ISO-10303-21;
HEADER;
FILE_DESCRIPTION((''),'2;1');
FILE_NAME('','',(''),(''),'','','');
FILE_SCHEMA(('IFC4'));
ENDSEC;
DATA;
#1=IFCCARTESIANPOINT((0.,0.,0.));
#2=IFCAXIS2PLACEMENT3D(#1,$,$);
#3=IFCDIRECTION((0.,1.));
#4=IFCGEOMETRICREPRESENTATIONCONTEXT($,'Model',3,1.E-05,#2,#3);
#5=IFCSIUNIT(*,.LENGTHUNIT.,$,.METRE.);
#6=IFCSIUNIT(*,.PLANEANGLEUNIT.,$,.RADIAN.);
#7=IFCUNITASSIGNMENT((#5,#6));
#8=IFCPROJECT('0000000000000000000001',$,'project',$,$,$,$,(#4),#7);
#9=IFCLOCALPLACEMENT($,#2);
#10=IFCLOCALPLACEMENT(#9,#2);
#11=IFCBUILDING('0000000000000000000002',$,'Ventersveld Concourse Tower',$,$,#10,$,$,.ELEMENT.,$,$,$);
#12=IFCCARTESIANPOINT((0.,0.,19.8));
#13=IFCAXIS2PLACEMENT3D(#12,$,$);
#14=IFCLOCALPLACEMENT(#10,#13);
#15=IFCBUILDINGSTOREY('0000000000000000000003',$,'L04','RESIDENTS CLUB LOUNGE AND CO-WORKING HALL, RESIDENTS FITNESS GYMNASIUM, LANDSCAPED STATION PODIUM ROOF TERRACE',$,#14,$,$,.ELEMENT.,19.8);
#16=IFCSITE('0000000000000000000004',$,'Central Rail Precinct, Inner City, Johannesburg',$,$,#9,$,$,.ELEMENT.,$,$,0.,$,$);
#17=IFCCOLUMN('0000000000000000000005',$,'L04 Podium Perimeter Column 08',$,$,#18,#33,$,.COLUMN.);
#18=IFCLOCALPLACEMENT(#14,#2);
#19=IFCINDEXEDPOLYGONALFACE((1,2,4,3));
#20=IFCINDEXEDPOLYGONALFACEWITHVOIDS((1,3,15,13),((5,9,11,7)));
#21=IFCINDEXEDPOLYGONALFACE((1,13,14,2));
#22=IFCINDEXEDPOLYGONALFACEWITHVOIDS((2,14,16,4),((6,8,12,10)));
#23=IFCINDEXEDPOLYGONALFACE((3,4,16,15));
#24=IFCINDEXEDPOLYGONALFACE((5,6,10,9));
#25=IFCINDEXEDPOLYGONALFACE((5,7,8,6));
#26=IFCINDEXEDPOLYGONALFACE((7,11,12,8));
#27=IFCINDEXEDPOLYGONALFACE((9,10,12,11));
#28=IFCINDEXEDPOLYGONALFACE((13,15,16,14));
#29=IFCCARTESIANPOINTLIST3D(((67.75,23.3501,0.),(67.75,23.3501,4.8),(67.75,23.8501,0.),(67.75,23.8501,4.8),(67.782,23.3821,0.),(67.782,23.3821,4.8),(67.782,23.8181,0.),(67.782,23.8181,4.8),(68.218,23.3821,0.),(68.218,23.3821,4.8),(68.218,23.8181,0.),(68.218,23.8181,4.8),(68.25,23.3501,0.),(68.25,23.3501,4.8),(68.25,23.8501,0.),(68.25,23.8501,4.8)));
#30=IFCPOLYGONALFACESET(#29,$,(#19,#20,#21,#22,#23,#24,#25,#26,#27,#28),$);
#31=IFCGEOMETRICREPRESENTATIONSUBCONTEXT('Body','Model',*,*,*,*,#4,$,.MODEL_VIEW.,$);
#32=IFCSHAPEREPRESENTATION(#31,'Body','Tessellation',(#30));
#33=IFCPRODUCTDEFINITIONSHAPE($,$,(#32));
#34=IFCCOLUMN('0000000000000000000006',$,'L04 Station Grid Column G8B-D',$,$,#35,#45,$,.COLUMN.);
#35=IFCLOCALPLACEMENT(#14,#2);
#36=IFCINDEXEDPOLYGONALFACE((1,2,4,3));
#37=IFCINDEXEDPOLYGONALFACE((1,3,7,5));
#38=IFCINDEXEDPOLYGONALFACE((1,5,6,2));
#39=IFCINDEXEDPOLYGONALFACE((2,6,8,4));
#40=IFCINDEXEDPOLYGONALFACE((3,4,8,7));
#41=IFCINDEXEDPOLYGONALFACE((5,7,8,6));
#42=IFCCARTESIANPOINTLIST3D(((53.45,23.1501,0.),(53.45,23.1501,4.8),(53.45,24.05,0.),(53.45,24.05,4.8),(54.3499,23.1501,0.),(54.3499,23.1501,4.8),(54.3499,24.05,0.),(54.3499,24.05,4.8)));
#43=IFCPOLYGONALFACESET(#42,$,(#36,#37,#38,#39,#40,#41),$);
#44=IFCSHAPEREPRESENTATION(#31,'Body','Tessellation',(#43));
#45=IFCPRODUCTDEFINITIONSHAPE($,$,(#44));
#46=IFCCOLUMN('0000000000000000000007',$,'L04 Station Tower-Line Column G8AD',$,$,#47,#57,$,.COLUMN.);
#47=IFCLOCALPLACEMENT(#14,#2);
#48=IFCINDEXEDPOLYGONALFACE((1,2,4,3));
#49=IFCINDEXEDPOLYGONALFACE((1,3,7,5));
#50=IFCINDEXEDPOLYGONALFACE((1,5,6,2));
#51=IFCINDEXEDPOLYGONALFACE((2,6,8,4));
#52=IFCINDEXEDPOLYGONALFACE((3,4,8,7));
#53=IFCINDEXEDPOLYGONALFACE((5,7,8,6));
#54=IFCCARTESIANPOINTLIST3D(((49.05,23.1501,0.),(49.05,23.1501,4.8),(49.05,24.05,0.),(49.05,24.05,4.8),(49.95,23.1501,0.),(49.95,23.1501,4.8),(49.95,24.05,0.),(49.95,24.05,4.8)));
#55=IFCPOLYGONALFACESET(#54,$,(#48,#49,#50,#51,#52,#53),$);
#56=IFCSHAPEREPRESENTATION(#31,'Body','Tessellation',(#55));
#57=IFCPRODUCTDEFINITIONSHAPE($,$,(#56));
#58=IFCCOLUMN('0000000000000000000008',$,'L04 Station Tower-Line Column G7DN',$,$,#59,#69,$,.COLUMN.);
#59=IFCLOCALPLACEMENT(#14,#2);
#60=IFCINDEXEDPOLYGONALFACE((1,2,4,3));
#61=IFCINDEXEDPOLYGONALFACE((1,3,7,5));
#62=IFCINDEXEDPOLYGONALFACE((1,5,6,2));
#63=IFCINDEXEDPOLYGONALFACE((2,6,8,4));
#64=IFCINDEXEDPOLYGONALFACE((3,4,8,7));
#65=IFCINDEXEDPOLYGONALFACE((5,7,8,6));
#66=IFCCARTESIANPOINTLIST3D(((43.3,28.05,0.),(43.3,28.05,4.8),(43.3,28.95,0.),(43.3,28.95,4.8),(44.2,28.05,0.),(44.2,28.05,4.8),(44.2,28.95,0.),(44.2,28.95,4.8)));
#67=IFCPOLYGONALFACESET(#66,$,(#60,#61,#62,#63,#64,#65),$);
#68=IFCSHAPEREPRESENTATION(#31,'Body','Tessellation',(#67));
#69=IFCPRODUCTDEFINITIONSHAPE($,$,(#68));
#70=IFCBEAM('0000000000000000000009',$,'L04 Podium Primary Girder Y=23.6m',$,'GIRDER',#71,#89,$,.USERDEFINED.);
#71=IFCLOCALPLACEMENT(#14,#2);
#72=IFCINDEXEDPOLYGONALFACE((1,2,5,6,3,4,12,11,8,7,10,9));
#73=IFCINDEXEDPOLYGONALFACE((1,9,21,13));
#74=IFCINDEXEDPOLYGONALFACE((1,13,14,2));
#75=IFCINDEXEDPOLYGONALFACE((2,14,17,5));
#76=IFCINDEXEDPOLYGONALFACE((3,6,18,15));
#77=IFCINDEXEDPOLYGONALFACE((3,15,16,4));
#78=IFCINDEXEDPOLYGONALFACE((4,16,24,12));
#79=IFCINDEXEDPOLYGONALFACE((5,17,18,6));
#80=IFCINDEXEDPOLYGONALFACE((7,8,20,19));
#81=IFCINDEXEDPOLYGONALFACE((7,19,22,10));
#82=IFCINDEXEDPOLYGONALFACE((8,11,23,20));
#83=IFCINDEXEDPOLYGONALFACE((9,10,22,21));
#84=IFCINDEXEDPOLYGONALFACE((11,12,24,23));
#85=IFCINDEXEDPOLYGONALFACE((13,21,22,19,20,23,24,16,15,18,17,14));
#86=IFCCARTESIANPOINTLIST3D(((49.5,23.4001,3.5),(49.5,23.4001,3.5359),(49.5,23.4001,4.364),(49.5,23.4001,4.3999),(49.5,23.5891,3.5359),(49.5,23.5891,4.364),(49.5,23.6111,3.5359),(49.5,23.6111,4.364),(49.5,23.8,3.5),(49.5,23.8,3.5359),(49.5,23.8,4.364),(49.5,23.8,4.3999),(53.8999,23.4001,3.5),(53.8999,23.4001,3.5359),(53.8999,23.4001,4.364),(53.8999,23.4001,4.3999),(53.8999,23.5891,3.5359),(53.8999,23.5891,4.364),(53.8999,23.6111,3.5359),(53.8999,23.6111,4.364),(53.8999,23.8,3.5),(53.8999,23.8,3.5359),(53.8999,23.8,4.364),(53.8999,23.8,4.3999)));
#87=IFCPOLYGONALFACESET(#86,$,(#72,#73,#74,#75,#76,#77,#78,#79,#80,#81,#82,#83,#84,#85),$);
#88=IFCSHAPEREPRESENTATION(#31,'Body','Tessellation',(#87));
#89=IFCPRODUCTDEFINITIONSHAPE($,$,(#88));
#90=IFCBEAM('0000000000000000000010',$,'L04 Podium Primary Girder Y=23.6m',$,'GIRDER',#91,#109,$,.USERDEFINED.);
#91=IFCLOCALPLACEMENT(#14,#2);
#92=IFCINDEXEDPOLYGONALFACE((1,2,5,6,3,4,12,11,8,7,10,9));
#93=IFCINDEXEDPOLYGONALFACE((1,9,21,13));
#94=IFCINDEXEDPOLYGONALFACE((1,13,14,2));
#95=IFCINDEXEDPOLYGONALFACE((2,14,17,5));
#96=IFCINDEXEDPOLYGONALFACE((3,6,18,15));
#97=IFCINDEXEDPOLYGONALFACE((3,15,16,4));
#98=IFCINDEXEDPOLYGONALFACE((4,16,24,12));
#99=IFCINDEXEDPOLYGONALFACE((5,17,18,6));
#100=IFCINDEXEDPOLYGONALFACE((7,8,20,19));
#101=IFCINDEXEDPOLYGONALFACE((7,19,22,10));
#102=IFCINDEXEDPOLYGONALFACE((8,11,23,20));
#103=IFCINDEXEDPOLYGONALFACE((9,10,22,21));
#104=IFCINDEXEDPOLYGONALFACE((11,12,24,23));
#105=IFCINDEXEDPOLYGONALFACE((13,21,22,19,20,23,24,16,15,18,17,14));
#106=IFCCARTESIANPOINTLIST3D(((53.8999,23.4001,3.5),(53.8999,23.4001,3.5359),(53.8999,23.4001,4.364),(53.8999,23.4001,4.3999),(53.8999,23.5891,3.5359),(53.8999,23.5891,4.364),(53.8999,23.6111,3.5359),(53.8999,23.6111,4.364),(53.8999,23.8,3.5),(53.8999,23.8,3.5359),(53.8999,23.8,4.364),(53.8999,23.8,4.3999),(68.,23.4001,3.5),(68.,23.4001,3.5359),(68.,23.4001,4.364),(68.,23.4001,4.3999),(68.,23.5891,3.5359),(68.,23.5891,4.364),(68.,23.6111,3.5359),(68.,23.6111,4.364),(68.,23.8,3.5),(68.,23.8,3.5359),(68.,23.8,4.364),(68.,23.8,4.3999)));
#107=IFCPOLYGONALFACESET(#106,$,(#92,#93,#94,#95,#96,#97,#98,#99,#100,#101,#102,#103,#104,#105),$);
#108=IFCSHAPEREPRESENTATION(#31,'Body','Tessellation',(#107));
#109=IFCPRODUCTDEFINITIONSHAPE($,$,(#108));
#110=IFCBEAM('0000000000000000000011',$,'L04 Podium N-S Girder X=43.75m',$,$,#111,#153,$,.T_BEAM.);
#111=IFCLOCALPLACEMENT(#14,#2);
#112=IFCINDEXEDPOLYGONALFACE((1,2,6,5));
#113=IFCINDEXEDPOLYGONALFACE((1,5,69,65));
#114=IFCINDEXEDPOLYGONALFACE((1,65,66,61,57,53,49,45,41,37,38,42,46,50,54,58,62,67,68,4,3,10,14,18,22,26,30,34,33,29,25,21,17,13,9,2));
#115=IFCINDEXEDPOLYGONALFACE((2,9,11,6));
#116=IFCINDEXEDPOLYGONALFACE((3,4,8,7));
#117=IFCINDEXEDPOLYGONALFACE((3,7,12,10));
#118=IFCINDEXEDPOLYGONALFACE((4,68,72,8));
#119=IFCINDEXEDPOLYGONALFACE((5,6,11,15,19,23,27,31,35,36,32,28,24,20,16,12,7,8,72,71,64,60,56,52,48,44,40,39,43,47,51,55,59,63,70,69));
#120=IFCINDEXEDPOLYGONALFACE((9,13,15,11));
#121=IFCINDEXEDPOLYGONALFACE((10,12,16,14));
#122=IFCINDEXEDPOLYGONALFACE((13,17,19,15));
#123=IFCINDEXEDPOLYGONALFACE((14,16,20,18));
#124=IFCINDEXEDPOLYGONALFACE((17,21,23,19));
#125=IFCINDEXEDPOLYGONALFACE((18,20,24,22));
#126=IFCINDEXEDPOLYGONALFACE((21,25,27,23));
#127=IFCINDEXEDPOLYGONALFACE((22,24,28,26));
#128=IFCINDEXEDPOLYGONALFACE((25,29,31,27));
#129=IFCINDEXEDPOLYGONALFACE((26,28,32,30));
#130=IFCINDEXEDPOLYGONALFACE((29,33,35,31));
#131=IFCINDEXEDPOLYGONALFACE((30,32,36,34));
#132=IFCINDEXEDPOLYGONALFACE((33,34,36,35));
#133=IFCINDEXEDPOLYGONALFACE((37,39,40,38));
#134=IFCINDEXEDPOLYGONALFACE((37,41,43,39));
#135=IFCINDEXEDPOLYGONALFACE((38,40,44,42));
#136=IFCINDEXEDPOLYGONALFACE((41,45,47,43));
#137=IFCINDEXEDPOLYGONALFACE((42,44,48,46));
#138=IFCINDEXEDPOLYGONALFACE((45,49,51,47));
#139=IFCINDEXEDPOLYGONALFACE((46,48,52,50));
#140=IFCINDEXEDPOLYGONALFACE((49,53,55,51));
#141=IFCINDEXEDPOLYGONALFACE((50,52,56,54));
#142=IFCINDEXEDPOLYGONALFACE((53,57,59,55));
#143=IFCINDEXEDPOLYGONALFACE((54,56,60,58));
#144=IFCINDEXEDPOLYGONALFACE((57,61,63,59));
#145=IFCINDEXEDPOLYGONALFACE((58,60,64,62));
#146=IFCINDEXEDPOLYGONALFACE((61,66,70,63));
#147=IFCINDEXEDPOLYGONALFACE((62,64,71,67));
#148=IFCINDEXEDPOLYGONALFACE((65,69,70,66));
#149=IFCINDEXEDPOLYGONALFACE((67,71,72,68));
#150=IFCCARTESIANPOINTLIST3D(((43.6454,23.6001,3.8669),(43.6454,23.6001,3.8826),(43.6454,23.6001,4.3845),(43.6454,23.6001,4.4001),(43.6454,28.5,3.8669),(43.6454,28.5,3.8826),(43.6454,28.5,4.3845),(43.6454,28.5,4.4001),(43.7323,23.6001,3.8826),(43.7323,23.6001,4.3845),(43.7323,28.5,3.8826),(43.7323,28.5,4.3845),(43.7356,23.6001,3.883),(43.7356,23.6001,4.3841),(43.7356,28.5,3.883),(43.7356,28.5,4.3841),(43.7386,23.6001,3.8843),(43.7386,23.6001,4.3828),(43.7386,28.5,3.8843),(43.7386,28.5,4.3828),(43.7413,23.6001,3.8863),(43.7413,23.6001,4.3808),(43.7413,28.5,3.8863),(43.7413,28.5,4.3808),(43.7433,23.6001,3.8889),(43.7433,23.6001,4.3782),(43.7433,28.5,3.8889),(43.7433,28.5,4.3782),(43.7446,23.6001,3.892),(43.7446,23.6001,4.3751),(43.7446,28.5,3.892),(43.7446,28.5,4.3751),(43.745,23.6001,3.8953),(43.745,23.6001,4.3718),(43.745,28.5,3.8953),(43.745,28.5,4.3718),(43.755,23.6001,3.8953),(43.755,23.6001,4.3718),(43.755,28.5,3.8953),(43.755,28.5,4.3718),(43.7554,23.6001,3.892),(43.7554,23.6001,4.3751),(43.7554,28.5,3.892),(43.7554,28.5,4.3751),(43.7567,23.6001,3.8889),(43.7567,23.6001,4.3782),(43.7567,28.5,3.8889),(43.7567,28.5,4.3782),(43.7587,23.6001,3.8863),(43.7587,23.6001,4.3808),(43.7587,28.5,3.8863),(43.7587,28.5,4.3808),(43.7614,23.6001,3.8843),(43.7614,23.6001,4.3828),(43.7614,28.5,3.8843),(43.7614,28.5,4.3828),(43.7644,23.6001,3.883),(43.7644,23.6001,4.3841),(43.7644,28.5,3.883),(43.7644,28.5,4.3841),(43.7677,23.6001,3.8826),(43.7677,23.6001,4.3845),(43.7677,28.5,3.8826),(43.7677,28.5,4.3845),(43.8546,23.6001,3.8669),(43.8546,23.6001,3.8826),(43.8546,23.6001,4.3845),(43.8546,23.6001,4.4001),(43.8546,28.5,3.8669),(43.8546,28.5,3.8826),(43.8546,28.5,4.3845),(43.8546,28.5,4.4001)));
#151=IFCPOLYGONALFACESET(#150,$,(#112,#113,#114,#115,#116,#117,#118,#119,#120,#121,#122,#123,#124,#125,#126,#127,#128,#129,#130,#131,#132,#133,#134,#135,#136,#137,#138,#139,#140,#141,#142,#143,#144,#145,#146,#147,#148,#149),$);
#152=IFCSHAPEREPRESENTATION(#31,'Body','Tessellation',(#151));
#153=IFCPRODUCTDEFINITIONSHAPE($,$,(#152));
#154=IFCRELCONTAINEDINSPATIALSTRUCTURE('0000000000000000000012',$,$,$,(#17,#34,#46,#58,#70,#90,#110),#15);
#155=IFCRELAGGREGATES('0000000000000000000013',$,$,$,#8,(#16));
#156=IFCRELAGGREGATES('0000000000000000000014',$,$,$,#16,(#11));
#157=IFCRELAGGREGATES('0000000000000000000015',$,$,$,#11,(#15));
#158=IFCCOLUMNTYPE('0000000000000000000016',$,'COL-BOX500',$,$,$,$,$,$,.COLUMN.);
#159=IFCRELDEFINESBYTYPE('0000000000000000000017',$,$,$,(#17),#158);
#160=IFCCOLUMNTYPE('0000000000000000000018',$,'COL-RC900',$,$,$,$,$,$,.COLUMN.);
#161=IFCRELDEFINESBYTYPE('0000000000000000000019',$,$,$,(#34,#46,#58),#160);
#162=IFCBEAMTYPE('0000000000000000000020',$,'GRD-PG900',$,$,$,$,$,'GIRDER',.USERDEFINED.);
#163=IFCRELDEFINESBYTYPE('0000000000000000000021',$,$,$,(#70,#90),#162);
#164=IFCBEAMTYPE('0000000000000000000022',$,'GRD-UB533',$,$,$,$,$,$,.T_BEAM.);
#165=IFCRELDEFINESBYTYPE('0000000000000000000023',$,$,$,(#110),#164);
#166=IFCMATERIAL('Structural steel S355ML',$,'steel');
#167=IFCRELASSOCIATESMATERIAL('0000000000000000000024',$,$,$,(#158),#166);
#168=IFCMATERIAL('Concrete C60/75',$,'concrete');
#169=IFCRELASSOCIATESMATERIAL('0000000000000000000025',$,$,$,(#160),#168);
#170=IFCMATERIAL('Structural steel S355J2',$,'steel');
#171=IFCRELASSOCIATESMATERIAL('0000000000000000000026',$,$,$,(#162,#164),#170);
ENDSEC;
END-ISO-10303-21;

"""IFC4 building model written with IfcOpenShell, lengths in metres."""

from ifc_helpers import new_model, si_unit, direction, frame, origin, origin_2d, place, context, subcontext, project, spatial, rectangle, hollow_rectangle, i_section, extrude, material, material_profile, profile_set, type_object, element, save


model = new_model("IFC4")

# Units and contexts
model_context = context("Model", 3, precision=1e-05, world=origin(), true_north=direction((0.0, 1.0)))
body_context = subcontext(model_context, "Body", "Model", "MODEL_VIEW")
ifc_project = project(units=[si_unit("LENGTHUNIT", "METRE"), si_unit("PLANEANGLEUNIT", "RADIAN")], contexts=[model_context])

# Site, building, storey
site_placement = place(None, origin())
site = spatial("IfcSite", under=ifc_project, at=site_placement, Name="Central Rail Precinct, Inner City, Johannesburg", CompositionType="ELEMENT", RefElevation=0.0)
building_placement = place(site_placement, origin())
building = spatial("IfcBuilding", under=site, at=building_placement, Name="Ventersveld Concourse Tower", CompositionType="ELEMENT")
storey_placement = place(building_placement, frame((0.0, 0.0, 19.8)))
storey = spatial("IfcBuildingStorey", under=building, at=storey_placement, Name="L04", Description="RESIDENTS CLUB LOUNGE AND CO-WORKING HALL, RESIDENTS FITNESS GYMNASIUM, LANDSCAPED STATION PODIUM ROOF TERRACE", CompositionType="ELEMENT", Elevation=19.8)

# Columns
ifc_material_1 = material(Name="Structural steel S355ML", Category="steel")
ifc_material_profile_1 = material_profile(ifc_material_1, hollow_rectangle(XDim=0.5, YDim=0.5, WallThickness=0.032, at=origin_2d()), Name="BOX 500x500x32")
ifc_profile_set_1 = profile_set([ifc_material_profile_1], Name="Structural steel S355ML")
column_type_1 = type_object("IfcColumnType", Name="COL-BOX500", PredefinedType="COLUMN", material=ifc_profile_set_1)
column_placement = place(storey_placement, frame((68.0, 23.6001, 0.0), z_axis=(0.0, 0.0, 1.0), x_axis=(1.0, 0.0, 0.0)))
element("IfcColumn", 1, at=column_placement, inside=storey, type_object=column_type_1, Name="L04 Podium Perimeter Column 08", PredefinedType="COLUMN", context=body_context, shape_type="SweptSolid", body=[
    extrude(hollow_rectangle(XDim=0.5, YDim=0.5, WallThickness=0.032, at=origin_2d()), origin(), (0.0, 0.0, 1.0), 4.8),
])
ifc_material_2 = material(Name="Concrete C60/75", Category="concrete")
ifc_material_profile_2 = material_profile(ifc_material_2, rectangle(XDim=0.8999, YDim=0.8999, at=origin_2d()), Name="RC 900x900")
ifc_profile_set_2 = profile_set([ifc_material_profile_2], Name="Concrete C60/75")
column_type_2 = type_object("IfcColumnType", Name="COL-RC900", PredefinedType="COLUMN", material=ifc_profile_set_2)
for number, where, z_axis, x_axis, name in (
    (2, (53.8999, 23.6001, 0.0), (0.0, 0.0, 1.0), (1.0, 0.0, 0.0), "L04 Station Grid Column G8B-D"),
    (3, (49.5, 23.6001, 0.0), (0.0, 0.0, 1.0), (1.0, 0.0, 0.0), "L04 Station Tower-Line Column G8AD"),
    (4, (43.75, 28.5, 0.0), (0.0, 0.0, 1.0), (1.0, 0.0, 0.0), "L04 Station Tower-Line Column G7DN"),
):
    element("IfcColumn", number, at=place(storey_placement, frame(where, z_axis=z_axis, x_axis=x_axis)), inside=storey, type_object=column_type_2, Name=name, PredefinedType="COLUMN", context=body_context, shape_type="SweptSolid", body=[
        extrude(rectangle(XDim=0.8999, YDim=0.8999, at=origin_2d()), origin(), (0.0, 0.0, 1.0), 4.8),
    ])

# Beams
ifc_material_3 = material(Name="Structural steel S355J2", Category="steel")
ifc_material_profile_3 = material_profile(ifc_material_3, i_section(OverallWidth=0.3999, OverallDepth=0.8999, WebThickness=0.022, FlangeThickness=0.0359, at=origin_2d()), Name="PG 900x400x36")
ifc_profile_set_3 = profile_set([ifc_material_profile_3], Name="Structural steel S355J2")
beam_type_1 = type_object("IfcBeamType", Name="GRD-PG900", ElementType="GIRDER", PredefinedType="USERDEFINED", material=ifc_profile_set_3)
beam_1_placement = place(storey_placement, frame((49.5, 23.6001, 3.95), z_axis=(1.0, 0.0, 0.0), x_axis=(0.0, 1.0, 0.0)))
element("IfcBeam", 5, at=beam_1_placement, inside=storey, type_object=beam_type_1, Name="L04 Podium Primary Girder Y=23.6m", ObjectType="GIRDER", PredefinedType="USERDEFINED", context=body_context, shape_type="SweptSolid", body=[
    extrude(i_section(OverallWidth=0.3999, OverallDepth=0.8999, WebThickness=0.022, FlangeThickness=0.0359, at=origin_2d()), origin(), (0.0, 0.0, 1.0), 4.3999),
])
beam_2_placement = place(storey_placement, frame((53.8999, 23.6001, 3.95), z_axis=(1.0, 0.0, 0.0), x_axis=(0.0, 1.0, 0.0)))
element("IfcBeam", 6, at=beam_2_placement, inside=storey, type_object=beam_type_1, Name="L04 Podium Primary Girder Y=23.6m", ObjectType="GIRDER", PredefinedType="USERDEFINED", context=body_context, shape_type="SweptSolid", body=[
    extrude(i_section(OverallWidth=0.3999, OverallDepth=0.8999, WebThickness=0.022, FlangeThickness=0.0359, at=origin_2d()), origin(), (0.0, 0.0, 1.0), 14.1001),
])
ifc_material_profile_4 = material_profile(ifc_material_3, i_section(OverallWidth=0.2092, OverallDepth=0.5332, WebThickness=0.01, FlangeThickness=0.0156, FilletRadius=0.0127, at=origin_2d()), Name="UB 533x210x92")
ifc_profile_set_4 = profile_set([ifc_material_profile_4], Name="Structural steel S355J2")
beam_type_2 = type_object("IfcBeamType", Name="GRD-UB533", PredefinedType="T_BEAM", material=ifc_profile_set_4)
beam_3_placement = place(storey_placement, frame((43.75, 23.6001, 4.1335), z_axis=(0.0, 1.0, 0.0), x_axis=(-1.0, 0.0, 0.0)))
element("IfcBeam", 7, at=beam_3_placement, inside=storey, type_object=beam_type_2, Name="L04 Podium N-S Girder X=43.75m", PredefinedType="T_BEAM", context=body_context, shape_type="SweptSolid", body=[
    extrude(i_section(OverallWidth=0.2092, OverallDepth=0.5332, WebThickness=0.01, FlangeThickness=0.0156, FilletRadius=0.0127, at=origin_2d()), origin(), (0.0, 0.0, 1.0), 4.8999),
])

save(model, "model.ifc")
